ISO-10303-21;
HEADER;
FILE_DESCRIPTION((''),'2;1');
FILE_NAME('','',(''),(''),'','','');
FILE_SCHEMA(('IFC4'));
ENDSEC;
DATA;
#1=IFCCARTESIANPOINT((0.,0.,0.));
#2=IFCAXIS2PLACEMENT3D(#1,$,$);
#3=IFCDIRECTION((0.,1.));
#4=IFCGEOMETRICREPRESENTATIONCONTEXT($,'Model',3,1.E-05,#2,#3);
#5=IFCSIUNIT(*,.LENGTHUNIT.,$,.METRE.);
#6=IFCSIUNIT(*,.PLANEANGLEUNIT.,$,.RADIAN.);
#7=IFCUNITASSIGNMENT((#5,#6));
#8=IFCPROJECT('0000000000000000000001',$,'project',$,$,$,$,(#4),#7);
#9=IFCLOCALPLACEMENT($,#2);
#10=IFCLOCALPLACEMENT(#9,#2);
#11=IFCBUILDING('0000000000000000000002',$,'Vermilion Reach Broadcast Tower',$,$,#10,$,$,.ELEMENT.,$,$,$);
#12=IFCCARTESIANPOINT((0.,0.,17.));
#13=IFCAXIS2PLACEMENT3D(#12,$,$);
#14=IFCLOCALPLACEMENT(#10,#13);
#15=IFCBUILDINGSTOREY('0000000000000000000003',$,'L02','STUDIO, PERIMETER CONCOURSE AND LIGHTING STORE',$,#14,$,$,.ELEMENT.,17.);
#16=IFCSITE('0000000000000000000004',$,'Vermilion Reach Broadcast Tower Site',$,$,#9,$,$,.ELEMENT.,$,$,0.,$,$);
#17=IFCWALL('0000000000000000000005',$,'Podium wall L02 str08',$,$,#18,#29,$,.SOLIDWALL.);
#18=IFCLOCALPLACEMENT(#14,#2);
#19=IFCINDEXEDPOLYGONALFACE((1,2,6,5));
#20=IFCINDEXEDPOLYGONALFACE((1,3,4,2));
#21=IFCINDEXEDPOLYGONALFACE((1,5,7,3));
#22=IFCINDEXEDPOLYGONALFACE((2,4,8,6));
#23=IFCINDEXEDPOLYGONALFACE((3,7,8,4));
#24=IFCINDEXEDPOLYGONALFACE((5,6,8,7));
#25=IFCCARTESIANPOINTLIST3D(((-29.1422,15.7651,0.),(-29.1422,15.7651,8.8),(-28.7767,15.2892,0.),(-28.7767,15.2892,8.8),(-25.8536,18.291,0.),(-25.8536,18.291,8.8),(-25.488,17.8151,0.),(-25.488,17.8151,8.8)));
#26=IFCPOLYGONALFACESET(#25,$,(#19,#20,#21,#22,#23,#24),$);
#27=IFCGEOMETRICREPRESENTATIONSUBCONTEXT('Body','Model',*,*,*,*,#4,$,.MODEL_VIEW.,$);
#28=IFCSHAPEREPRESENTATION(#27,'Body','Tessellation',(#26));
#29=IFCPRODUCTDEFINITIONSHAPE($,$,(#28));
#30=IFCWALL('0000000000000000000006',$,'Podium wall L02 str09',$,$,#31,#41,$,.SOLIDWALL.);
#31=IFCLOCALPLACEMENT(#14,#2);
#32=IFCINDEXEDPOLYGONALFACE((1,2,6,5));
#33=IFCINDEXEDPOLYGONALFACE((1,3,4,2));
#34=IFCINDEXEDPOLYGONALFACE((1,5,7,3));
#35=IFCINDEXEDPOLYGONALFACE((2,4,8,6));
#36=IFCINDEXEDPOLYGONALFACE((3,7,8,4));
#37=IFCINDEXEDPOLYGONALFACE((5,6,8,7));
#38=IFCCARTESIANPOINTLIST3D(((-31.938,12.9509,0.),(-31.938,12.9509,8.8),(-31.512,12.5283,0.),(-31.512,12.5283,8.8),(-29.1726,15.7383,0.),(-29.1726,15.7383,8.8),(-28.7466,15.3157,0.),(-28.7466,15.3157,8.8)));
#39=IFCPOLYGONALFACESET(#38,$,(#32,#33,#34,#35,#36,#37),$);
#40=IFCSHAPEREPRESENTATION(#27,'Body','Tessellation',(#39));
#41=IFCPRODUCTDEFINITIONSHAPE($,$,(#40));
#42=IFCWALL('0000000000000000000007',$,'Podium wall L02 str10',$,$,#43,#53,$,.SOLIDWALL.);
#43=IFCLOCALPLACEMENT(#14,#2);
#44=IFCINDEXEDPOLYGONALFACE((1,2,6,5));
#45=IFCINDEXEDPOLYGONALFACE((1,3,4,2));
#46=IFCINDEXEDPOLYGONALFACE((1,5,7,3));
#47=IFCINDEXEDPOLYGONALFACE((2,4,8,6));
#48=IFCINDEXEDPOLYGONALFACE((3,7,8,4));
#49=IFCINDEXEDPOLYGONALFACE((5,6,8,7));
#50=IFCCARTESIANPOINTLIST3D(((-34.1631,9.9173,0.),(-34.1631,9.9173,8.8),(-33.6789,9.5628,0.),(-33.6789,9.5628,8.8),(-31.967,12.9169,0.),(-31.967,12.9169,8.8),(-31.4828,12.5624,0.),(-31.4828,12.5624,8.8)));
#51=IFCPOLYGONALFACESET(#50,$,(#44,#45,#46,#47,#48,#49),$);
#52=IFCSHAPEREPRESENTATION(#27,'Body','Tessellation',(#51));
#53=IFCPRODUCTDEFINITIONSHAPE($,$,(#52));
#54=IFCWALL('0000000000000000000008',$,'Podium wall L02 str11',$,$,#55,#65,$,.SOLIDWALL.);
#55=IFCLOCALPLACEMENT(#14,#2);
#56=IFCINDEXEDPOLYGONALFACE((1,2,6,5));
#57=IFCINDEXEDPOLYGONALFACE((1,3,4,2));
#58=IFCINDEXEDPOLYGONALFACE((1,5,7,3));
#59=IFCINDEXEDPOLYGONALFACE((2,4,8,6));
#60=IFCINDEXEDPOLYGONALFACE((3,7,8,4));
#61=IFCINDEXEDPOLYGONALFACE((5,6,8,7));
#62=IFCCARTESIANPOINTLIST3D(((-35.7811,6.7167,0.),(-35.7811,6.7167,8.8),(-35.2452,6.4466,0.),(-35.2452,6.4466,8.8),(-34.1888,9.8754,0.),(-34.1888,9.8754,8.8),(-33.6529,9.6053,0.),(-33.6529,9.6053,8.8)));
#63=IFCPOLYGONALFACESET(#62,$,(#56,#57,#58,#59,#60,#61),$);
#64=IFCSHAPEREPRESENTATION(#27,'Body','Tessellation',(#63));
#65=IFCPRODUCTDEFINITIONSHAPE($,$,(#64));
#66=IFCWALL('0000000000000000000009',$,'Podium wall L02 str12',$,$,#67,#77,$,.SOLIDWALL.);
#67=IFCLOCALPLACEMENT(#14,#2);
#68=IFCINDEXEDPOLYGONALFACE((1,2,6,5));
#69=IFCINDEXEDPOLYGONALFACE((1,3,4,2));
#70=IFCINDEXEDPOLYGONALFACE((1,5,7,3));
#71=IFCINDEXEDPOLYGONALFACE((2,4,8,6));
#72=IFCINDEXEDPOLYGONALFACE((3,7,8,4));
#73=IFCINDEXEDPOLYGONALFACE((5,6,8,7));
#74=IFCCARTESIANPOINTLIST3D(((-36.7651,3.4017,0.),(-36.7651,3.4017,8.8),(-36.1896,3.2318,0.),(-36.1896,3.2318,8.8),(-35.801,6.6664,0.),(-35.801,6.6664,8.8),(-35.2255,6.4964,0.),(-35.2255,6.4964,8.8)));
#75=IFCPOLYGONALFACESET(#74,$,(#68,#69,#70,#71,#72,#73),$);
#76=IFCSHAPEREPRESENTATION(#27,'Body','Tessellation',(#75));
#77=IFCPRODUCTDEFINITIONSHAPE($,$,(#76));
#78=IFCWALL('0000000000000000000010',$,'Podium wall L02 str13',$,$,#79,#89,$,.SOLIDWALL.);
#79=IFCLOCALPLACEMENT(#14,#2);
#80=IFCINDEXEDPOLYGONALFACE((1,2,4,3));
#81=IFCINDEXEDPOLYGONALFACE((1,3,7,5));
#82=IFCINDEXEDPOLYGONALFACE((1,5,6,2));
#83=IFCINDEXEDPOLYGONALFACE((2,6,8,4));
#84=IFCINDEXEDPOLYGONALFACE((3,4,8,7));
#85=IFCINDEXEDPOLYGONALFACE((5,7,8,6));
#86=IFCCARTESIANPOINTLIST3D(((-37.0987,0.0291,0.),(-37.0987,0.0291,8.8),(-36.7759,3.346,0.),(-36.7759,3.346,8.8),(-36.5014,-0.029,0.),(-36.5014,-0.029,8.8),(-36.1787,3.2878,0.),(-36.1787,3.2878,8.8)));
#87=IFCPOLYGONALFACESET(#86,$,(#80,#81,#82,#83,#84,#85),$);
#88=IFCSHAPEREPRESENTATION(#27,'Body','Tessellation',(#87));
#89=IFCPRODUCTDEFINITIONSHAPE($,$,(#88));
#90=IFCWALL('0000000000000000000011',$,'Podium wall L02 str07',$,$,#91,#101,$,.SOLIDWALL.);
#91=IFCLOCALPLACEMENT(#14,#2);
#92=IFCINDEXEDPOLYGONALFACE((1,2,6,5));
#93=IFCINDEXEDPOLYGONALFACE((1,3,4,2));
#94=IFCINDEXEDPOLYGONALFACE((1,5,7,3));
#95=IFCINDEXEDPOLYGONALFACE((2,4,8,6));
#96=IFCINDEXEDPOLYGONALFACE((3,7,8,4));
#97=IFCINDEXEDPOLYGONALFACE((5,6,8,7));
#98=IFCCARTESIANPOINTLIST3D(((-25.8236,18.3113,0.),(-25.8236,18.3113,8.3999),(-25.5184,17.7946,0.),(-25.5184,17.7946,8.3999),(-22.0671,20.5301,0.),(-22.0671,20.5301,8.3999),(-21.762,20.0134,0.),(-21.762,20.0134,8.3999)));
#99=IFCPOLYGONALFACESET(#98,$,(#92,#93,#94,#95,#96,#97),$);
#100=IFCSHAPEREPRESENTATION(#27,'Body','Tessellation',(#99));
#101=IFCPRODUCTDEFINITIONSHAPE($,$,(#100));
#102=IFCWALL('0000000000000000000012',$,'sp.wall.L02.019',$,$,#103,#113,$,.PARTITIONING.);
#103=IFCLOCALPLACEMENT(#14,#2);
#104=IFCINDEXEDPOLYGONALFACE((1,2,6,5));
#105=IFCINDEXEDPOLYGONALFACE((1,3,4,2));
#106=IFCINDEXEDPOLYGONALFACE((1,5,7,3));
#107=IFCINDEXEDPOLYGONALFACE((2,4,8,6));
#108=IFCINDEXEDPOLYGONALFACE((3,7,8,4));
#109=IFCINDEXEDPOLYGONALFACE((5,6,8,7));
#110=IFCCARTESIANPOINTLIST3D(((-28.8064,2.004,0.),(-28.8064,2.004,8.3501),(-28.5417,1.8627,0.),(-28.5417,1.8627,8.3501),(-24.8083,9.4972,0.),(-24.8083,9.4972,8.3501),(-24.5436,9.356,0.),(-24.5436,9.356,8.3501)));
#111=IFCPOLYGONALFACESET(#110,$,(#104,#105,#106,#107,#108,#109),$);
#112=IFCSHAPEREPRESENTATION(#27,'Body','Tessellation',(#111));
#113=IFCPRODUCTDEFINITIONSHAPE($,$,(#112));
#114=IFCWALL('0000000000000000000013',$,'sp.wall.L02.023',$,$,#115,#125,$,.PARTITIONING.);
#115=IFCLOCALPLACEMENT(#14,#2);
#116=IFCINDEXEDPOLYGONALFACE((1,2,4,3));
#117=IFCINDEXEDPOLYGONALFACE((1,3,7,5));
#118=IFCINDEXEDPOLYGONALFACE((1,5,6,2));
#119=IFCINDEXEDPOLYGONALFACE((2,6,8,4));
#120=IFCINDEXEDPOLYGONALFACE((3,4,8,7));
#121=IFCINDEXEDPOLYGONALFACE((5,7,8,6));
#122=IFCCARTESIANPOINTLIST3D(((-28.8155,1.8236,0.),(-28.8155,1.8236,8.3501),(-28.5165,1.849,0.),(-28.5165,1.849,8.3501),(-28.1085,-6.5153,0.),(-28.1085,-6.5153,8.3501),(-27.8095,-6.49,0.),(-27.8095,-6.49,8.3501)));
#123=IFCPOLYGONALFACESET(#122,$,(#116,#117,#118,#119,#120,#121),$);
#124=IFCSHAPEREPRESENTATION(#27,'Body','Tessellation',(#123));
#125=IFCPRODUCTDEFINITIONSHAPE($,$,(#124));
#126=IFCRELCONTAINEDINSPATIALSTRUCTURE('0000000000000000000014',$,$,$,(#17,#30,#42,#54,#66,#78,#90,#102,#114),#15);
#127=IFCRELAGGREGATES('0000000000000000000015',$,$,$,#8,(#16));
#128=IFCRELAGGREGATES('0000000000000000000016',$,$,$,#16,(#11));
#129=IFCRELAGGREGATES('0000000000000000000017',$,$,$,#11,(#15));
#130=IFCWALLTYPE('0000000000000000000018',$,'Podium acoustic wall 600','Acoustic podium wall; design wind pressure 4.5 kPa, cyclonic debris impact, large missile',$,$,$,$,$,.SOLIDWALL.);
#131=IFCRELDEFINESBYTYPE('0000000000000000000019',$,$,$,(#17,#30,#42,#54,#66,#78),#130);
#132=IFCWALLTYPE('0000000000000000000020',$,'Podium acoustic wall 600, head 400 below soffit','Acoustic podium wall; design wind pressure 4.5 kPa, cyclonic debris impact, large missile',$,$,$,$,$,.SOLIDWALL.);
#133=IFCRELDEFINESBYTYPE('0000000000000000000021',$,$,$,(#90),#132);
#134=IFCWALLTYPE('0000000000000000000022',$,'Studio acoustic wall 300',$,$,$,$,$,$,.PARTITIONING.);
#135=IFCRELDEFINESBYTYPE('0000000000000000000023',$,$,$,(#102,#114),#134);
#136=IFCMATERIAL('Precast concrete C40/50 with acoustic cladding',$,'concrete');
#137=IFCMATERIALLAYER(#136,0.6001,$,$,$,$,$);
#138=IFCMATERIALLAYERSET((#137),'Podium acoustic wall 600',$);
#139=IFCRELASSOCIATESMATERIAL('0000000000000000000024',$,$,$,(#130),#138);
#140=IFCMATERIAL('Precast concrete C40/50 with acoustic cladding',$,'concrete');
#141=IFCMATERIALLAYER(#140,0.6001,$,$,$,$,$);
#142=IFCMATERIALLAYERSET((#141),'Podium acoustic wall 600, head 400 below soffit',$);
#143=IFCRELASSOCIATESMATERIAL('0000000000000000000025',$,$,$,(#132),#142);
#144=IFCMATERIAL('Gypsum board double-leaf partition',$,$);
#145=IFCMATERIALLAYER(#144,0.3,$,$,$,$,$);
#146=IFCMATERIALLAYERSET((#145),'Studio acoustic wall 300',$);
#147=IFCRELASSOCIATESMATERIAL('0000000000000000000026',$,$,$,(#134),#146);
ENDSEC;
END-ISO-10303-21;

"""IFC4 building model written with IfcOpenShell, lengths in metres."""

from ifc_helpers import new_model, si_unit, direction, frame, frame_2d, origin, place, context, subcontext, project, spatial, rectangle, extrude, material, layer, layer_set, type_object, element, save


model = new_model("IFC4")

# Units and contexts
model_context = context("Model", 3, precision=1e-05, world=origin(), true_north=direction((0.0, 1.0)))
body_context = subcontext(model_context, "Body", "Model", "MODEL_VIEW")
ifc_project = project(units=[si_unit("LENGTHUNIT", "METRE"), si_unit("PLANEANGLEUNIT", "RADIAN")], contexts=[model_context])

# Site, building, storey
site_placement = place(None, origin())
site = spatial("IfcSite", under=ifc_project, at=site_placement, Name="Vermilion Reach Broadcast Tower Site", CompositionType="ELEMENT", RefElevation=0.0)
building_placement = place(site_placement, origin())
building = spatial("IfcBuilding", under=site, at=building_placement, Name="Vermilion Reach Broadcast Tower", CompositionType="ELEMENT")
storey_placement = place(building_placement, frame((0.0, 0.0, 17.0)))
storey = spatial("IfcBuildingStorey", under=building, at=storey_placement, Name="L02", Description="STUDIO, PERIMETER CONCOURSE AND LIGHTING STORE", CompositionType="ELEMENT", Elevation=17.0)

# Walls
ifc_material_1 = material(Name="Precast concrete C40/50 with acoustic cladding", Category="concrete")
ifc_layer_1 = layer(ifc_material_1, 0.6001)
ifc_layer_set_1 = layer_set([ifc_layer_1], Name="Podium acoustic wall 600")
wall_type_1 = type_object("IfcWallType", Name="Podium acoustic wall 600", Description="Acoustic podium wall; design wind pressure 4.5 kPa, cyclonic debris impact, large missile", PredefinedType="SOLIDWALL", material=ifc_layer_set_1)
wall_1_placement = place(storey_placement, frame((-25.6709, 18.053, 0.0), z_axis=(0.0, 0.0, 1.0), x_axis=(-0.793066, -0.609136, 0.0)))
element("IfcWall", 1, at=wall_1_placement, inside=storey, type_object=wall_type_1, Name="Podium wall L02 str08", PredefinedType="SOLIDWALL", context=body_context, shape_type="SweptSolid", body=[
    extrude(rectangle(XDim=4.1467, YDim=0.6001, at=frame_2d((2.0732, 0.0))), origin(), (0.0, 0.0, 1.0), 8.8),
])
wall_2_placement = place(storey_placement, frame((-28.9595, 15.5271, 0.0), z_axis=(0.0, 0.0, 1.0), x_axis=(-0.704303, -0.709899, 0.0)))
element("IfcWall", 2, at=wall_2_placement, inside=storey, type_object=wall_type_1, Name="Podium wall L02 str09", PredefinedType="SOLIDWALL", context=body_context, shape_type="SweptSolid", body=[
    extrude(rectangle(XDim=3.9265, YDim=0.6001, at=frame_2d((1.9634, 0.0))), origin(), (0.0, 0.0, 1.0), 8.8),
])
wall_3_placement = place(storey_placement, frame((-31.7249, 12.7397, 0.0), z_axis=(0.0, 0.0, 1.0), x_axis=(-0.590734, -0.806866, 0.0)))
element("IfcWall", 3, at=wall_3_placement, inside=storey, type_object=wall_type_1, Name="Podium wall L02 str10", PredefinedType="SOLIDWALL", context=body_context, shape_type="SweptSolid", body=[
    extrude(rectangle(XDim=3.7175, YDim=0.6001, at=frame_2d((1.8589, 0.0))), origin(), (0.0, 0.0, 1.0), 8.8),
])
wall_4_placement = place(storey_placement, frame((-33.9209, 9.7402, 0.0), z_axis=(0.0, 0.0, 1.0), x_axis=(-0.450138, -0.892959, 0.0)))
element("IfcWall", 4, at=wall_4_placement, inside=storey, type_object=wall_type_1, Name="Podium wall L02 str11", PredefinedType="SOLIDWALL", context=body_context, shape_type="SweptSolid", body=[
    extrude(rectangle(XDim=3.5374, YDim=0.6001, at=frame_2d((1.7686, 0.0))), origin(), (0.0, 0.0, 1.0), 8.8),
])
wall_5_placement = place(storey_placement, frame((-35.5132, 6.5815, 0.0), z_axis=(0.0, 0.0, 1.0), x_axis=(-0.283226, -0.959053, 0.0)))
element("IfcWall", 5, at=wall_5_placement, inside=storey, type_object=wall_type_1, Name="Podium wall L02 str12", PredefinedType="SOLIDWALL", context=body_context, shape_type="SweptSolid", body=[
    extrude(rectangle(XDim=3.4041, YDim=0.6001, at=frame_2d((1.7021, 0.0))), origin(), (0.0, 0.0, 1.0), 8.8),
])
wall_6_placement = place(storey_placement, frame((-36.4773, 3.3169, 0.0), z_axis=(0.0, 0.0, 1.0), x_axis=(-0.096849, -0.995299, 0.0)))
element("IfcWall", 6, at=wall_6_placement, inside=storey, type_object=wall_type_1, Name="Podium wall L02 str13", PredefinedType="SOLIDWALL", context=body_context, shape_type="SweptSolid", body=[
    extrude(rectangle(XDim=3.3325, YDim=0.6001, at=frame_2d((1.6663, 0.0))), origin(), (0.0, 0.0, 1.0), 8.8),
])
ifc_material_2 = material(Name="Precast concrete C40/50 with acoustic cladding", Category="concrete")
ifc_layer_2 = layer(ifc_material_2, 0.6001)
ifc_layer_set_2 = layer_set([ifc_layer_2], Name="Podium acoustic wall 600, head 400 below soffit")
wall_type_2 = type_object("IfcWallType", Name="Podium acoustic wall 600, head 400 below soffit", Description="Acoustic podium wall; design wind pressure 4.5 kPa, cyclonic debris impact, large missile", PredefinedType="SOLIDWALL", material=ifc_layer_set_2)
wall_7_placement = place(storey_placement, frame((-21.9146, 20.2717, 0.0), z_axis=(0.0, 0.0, 1.0), x_axis=(-0.861018, -0.508575, 0.0)))
element("IfcWall", 7, at=wall_7_placement, inside=storey, type_object=wall_type_2, Name="Podium wall L02 str07", PredefinedType="SOLIDWALL", context=body_context, shape_type="SweptSolid", body=[
    extrude(rectangle(XDim=4.3628, YDim=0.6001, at=frame_2d((2.1814, 0.0))), origin(), (0.0, 0.0, 1.0), 8.3999),
])
ifc_material_3 = material(Name="Gypsum board double-leaf partition")
ifc_layer_3 = layer(ifc_material_3, 0.3)
ifc_layer_set_3 = layer_set([ifc_layer_3], Name="Studio acoustic wall 300")
wall_type_3 = type_object("IfcWallType", Name="Studio acoustic wall 300", PredefinedType="PARTITIONING", material=ifc_layer_set_3)
wall_8_placement = place(storey_placement, frame((-28.6741, 1.9333, 0.0), z_axis=(0.0, 0.0, 1.0), x_axis=(0.470743, 0.88227, 0.0)))
element("IfcWall", 8, at=wall_8_placement, inside=storey, type_object=wall_type_3, Name="sp.wall.L02.019", PredefinedType="PARTITIONING", context=body_context, shape_type="SweptSolid", body=[
    extrude(rectangle(XDim=8.4932, YDim=0.3, at=frame_2d((4.2466, 0.0))), origin(), (0.0, 0.0, 1.0), 8.3501),
])

# Wall
wall_9_placement = place(storey_placement, frame((-28.666, 1.8364, 0.0), z_axis=(0.0, 0.0, 1.0), x_axis=(0.084484, -0.996425, 0.0)))
element("IfcWall", 9, at=wall_9_placement, inside=storey, type_object=wall_type_3, Name="sp.wall.L02.023", PredefinedType="PARTITIONING", context=body_context, shape_type="SweptSolid", body=[
    extrude(rectangle(XDim=8.3689, YDim=0.3, at=frame_2d((4.1846, 0.0))), origin(), (0.0, 0.0, 1.0), 8.3501),
])

save(model, "model.ifc")
